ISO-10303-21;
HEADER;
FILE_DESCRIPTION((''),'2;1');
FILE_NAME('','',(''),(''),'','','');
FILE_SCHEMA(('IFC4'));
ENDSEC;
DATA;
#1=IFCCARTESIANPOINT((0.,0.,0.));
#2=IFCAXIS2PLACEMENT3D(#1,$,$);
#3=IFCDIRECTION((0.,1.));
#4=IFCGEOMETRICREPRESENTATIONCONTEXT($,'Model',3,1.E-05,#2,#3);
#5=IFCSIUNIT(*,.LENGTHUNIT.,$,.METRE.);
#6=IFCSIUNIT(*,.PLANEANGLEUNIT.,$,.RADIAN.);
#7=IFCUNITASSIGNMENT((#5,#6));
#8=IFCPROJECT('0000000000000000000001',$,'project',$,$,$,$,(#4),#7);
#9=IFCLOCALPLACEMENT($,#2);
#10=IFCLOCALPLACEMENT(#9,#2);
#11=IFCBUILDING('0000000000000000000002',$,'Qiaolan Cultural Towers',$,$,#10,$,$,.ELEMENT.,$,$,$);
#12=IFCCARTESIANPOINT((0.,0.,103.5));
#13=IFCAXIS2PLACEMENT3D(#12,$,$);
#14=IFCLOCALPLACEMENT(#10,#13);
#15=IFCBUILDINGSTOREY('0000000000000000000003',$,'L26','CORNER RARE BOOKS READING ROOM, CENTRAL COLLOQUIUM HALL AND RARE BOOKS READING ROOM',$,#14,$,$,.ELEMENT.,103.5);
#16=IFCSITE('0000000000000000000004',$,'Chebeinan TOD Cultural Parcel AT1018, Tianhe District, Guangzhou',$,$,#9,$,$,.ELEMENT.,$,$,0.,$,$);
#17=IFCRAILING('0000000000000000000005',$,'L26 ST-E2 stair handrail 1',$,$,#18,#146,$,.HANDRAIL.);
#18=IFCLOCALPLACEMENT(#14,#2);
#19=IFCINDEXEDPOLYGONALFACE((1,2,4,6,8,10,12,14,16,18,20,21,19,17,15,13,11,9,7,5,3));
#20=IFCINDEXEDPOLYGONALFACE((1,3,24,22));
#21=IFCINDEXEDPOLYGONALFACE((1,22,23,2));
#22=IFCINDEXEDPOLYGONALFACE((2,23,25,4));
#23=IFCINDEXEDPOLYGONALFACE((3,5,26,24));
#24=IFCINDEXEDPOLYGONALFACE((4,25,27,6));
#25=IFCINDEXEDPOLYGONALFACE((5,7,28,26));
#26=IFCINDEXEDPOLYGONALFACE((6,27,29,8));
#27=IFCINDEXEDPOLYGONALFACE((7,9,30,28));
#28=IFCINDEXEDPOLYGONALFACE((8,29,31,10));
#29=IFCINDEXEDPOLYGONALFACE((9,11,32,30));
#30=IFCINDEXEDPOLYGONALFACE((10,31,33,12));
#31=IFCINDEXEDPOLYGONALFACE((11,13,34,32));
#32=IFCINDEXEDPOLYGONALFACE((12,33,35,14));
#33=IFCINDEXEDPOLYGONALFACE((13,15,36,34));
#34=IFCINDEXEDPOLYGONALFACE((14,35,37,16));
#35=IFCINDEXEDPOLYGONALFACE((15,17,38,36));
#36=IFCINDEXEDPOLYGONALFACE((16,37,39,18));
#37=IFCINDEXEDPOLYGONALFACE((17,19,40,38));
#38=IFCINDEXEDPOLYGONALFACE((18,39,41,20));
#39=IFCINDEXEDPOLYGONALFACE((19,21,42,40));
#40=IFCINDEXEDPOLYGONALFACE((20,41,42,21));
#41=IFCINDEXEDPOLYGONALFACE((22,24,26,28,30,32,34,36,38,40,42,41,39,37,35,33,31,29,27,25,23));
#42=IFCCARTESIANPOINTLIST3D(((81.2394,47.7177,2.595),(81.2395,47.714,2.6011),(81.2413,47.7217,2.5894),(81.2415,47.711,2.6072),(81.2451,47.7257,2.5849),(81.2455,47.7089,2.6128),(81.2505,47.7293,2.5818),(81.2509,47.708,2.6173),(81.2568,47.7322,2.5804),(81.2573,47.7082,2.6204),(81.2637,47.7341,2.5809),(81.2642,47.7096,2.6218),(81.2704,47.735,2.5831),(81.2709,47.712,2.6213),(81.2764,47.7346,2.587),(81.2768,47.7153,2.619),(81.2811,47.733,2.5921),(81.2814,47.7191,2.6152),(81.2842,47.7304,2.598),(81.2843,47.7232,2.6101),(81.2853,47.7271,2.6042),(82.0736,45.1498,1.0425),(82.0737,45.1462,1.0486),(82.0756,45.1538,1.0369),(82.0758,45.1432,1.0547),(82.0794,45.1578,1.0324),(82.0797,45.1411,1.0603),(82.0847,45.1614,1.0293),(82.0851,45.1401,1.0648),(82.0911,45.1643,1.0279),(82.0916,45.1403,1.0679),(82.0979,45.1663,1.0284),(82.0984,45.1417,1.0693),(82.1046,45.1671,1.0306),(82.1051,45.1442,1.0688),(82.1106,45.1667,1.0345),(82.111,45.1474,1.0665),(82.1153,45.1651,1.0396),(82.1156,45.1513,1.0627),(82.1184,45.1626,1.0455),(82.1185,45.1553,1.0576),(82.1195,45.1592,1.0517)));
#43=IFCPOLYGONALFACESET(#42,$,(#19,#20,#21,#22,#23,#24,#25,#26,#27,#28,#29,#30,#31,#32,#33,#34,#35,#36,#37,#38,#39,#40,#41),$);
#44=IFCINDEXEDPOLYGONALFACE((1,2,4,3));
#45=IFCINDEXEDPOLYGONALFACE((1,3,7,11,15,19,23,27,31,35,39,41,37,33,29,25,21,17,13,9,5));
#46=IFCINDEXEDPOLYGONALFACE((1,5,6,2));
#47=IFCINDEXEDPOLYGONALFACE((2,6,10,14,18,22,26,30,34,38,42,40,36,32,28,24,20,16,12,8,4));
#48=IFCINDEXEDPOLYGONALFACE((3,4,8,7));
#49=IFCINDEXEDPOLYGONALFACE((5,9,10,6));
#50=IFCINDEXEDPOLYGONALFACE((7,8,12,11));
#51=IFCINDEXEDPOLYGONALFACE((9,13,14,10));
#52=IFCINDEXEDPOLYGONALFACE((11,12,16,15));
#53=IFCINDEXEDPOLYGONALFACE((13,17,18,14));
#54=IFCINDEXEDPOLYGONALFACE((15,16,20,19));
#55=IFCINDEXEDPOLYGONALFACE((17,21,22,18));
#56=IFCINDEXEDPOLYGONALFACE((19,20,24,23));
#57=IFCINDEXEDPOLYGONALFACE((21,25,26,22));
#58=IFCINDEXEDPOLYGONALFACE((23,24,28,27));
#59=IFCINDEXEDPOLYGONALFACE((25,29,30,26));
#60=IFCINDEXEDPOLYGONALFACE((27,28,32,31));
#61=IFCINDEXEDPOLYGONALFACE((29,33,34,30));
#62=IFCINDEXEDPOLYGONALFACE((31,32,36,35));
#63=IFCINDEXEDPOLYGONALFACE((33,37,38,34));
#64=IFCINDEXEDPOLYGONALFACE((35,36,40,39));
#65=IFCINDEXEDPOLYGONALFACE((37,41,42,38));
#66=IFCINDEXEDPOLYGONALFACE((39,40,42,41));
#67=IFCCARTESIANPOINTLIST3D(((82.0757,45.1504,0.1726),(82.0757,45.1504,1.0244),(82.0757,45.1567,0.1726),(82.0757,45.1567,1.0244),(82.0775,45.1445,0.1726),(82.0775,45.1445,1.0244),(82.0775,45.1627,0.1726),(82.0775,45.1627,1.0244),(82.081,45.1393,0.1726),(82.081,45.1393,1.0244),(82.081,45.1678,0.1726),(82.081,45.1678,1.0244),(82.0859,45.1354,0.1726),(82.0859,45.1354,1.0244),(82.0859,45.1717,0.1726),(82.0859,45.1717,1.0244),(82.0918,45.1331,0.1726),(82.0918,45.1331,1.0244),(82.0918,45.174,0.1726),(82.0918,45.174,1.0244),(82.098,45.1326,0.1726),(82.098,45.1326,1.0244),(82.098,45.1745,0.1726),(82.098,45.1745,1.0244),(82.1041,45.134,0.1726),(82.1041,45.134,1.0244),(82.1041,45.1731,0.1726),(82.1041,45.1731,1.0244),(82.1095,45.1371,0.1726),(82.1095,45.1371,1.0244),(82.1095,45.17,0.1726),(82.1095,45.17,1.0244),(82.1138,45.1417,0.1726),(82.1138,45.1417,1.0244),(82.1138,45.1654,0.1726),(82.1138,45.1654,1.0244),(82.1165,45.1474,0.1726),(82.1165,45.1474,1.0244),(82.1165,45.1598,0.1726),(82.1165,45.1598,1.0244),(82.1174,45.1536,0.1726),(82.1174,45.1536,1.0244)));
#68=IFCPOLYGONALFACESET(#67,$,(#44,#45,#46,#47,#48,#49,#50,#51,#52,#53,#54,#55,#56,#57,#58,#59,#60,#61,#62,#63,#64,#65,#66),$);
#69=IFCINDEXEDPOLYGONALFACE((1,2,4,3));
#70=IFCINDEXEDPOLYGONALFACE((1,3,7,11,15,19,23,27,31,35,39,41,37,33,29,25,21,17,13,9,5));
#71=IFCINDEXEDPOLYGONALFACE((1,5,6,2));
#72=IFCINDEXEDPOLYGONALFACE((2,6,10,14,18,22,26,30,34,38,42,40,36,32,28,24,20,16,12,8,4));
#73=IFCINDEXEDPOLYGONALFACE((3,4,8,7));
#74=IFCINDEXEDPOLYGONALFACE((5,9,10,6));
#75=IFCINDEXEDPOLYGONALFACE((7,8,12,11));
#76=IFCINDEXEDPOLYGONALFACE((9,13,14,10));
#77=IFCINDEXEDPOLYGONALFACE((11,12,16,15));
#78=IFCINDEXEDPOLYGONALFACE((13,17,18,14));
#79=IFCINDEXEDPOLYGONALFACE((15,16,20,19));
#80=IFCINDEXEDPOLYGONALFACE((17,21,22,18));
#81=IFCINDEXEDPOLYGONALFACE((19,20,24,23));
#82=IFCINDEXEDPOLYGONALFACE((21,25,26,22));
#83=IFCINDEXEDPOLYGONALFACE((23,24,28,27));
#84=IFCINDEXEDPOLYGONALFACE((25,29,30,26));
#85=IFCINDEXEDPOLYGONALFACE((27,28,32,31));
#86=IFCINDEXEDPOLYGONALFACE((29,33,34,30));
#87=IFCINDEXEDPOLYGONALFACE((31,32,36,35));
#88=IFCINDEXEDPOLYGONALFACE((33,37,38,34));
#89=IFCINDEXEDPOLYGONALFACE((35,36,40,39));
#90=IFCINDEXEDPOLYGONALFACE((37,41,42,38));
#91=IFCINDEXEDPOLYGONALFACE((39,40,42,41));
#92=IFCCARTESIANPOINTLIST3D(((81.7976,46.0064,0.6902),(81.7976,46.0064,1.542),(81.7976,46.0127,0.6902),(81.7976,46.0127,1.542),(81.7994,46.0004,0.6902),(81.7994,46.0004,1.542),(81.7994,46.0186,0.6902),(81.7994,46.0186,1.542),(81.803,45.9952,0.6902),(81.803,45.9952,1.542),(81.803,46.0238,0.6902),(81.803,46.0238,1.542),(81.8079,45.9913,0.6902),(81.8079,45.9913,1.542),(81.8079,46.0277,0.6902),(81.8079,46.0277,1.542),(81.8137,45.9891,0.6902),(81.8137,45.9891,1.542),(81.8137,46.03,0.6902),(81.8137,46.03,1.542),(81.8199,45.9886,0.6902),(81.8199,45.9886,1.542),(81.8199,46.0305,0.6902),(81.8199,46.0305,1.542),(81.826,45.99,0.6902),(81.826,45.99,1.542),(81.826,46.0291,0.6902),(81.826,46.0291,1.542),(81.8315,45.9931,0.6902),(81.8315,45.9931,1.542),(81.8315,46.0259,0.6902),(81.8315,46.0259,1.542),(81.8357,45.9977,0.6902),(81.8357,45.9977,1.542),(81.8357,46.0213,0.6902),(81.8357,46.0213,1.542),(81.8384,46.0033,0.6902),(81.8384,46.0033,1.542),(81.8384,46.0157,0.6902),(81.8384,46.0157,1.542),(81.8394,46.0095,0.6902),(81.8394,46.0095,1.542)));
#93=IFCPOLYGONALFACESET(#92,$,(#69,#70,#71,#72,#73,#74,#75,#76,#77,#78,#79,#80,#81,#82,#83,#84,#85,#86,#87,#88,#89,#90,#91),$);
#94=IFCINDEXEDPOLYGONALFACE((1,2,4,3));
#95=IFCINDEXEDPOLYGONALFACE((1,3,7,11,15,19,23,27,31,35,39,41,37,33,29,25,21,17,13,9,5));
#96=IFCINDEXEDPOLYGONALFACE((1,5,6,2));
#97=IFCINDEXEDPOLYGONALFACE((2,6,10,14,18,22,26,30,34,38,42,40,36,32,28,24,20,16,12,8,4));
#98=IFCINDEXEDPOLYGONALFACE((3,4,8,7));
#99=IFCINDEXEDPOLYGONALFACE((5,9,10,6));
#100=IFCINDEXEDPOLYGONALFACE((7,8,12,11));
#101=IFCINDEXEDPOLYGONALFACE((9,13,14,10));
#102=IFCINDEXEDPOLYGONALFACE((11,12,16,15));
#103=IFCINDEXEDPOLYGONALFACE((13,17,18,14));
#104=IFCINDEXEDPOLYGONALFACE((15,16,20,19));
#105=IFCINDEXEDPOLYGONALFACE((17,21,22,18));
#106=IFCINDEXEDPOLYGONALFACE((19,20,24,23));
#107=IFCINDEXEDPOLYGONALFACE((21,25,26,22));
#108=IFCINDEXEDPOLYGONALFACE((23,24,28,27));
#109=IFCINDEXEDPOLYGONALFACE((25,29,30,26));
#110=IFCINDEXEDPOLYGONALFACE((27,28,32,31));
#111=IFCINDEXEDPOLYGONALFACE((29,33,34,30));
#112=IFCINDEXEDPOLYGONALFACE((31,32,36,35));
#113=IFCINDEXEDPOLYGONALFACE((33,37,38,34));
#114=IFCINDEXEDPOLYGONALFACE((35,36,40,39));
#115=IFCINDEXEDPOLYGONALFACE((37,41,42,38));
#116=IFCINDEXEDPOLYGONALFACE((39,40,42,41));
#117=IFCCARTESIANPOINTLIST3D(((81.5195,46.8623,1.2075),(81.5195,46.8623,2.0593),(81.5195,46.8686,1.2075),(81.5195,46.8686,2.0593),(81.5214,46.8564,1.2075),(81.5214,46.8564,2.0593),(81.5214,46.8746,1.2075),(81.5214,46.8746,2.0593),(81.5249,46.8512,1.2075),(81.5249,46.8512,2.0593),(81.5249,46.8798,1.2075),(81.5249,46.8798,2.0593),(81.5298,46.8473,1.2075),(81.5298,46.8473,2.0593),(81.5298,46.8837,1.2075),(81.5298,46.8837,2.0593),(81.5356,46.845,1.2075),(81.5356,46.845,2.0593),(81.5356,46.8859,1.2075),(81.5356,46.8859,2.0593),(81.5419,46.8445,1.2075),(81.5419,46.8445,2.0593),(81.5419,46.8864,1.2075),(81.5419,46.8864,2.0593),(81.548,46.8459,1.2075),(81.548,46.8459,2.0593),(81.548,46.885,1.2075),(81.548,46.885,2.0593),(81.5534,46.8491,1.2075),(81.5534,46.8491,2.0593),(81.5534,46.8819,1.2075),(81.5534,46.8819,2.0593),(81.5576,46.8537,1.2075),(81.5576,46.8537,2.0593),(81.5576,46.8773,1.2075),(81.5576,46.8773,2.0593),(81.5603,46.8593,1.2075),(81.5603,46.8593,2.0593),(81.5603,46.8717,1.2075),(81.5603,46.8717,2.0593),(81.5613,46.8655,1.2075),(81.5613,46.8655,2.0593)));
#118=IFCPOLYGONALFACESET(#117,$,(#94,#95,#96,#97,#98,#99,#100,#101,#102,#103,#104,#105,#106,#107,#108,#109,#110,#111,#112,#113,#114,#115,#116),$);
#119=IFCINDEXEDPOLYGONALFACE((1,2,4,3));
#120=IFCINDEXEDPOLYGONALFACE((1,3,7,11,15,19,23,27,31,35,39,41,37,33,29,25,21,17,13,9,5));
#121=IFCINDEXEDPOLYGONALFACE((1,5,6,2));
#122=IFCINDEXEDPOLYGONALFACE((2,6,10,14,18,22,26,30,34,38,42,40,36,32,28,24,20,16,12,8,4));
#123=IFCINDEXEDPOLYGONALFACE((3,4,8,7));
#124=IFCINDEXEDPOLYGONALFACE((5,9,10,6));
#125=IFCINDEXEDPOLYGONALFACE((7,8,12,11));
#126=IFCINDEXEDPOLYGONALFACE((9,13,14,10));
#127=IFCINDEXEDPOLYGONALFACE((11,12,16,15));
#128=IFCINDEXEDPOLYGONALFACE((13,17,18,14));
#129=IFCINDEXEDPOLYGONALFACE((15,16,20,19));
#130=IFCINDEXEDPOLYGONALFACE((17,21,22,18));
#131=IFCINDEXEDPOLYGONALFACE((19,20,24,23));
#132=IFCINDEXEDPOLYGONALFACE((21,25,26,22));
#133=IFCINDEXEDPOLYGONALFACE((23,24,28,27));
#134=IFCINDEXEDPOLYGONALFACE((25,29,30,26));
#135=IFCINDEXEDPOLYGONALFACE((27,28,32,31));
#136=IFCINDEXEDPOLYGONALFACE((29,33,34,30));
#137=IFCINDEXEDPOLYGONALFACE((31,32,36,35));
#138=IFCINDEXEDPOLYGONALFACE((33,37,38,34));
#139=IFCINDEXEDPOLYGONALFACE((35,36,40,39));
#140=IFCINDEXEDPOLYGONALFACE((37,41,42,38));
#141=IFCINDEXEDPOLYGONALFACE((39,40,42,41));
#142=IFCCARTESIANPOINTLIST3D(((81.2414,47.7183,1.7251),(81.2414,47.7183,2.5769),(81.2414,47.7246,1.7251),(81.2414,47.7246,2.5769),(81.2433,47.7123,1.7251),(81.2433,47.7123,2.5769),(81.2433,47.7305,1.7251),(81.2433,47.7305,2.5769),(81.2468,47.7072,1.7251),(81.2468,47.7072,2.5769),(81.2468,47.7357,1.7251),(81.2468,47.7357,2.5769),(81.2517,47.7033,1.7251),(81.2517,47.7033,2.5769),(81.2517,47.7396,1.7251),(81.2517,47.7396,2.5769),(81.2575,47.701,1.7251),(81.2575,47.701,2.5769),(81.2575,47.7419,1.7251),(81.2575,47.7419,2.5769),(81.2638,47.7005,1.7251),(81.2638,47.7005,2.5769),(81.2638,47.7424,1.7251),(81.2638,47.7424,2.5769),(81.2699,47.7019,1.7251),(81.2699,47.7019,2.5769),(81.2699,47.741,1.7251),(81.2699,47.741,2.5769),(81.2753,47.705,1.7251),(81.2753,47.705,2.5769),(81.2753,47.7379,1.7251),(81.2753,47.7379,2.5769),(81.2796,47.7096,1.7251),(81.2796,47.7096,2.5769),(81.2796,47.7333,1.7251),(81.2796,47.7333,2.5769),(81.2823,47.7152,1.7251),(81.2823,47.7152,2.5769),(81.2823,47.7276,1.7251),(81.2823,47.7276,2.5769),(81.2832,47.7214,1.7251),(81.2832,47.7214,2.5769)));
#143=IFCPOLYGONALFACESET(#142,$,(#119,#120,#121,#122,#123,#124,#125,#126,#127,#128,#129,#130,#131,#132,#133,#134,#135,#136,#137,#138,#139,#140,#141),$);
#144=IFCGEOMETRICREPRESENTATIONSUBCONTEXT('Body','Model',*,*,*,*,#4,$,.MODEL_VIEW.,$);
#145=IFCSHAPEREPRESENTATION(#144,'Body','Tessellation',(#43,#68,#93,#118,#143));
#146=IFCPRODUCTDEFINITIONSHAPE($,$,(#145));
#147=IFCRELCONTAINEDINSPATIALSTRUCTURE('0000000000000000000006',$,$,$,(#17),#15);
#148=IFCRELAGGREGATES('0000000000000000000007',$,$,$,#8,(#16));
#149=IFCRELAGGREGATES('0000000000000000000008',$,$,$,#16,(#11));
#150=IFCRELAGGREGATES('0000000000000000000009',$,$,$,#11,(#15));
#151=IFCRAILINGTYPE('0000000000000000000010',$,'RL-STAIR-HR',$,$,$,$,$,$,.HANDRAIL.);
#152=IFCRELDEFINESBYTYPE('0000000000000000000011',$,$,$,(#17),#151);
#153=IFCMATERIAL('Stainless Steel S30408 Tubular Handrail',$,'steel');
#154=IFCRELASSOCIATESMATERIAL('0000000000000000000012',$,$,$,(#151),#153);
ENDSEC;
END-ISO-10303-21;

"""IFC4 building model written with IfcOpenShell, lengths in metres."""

from ifc_helpers import new_model, si_unit, direction, frame, origin, origin_2d, place, context, subcontext, project, spatial, circle, extrude, material, type_object, element, save


model = new_model("IFC4")

# Units and contexts
model_context = context("Model", 3, precision=1e-05, world=origin(), true_north=direction((0.0, 1.0)))
body_context = subcontext(model_context, "Body", "Model", "MODEL_VIEW")
ifc_project = project(units=[si_unit("LENGTHUNIT", "METRE"), si_unit("PLANEANGLEUNIT", "RADIAN")], contexts=[model_context])

# Site, building, storey
site_placement = place(None, origin())
site = spatial("IfcSite", under=ifc_project, at=site_placement, Name="Chebeinan TOD Cultural Parcel AT1018, Tianhe District, Guangzhou", CompositionType="ELEMENT", RefElevation=0.0)
building_placement = place(site_placement, origin())
building = spatial("IfcBuilding", under=site, at=building_placement, Name="Qiaolan Cultural Towers", CompositionType="ELEMENT")
storey_placement = place(building_placement, frame((0.0, 0.0, 103.5)))
storey = spatial("IfcBuildingStorey", under=building, at=storey_placement, Name="L26", Description="CORNER RARE BOOKS READING ROOM, CENTRAL COLLOQUIUM HALL AND RARE BOOKS READING ROOM", CompositionType="ELEMENT", Elevation=103.5)

# Railing
ifc_material_1 = material(Name="Stainless Steel S30408 Tubular Handrail", Category="steel")
railing_type_1 = type_object("IfcRailingType", Name="RL-STAIR-HR", PredefinedType="HANDRAIL", material=ifc_material_1)
railing_1_placement = place(storey_placement, frame((82.0964, 45.1536, 0.1726)))
element("IfcRailing", 1, at=railing_1_placement, inside=storey, type_object=railing_type_1, Name="L26 ST-E2 stair handrail 1", PredefinedType="HANDRAIL", context=body_context, shape_type="SweptSolid", body=[
    extrude(circle(Radius=0.0239, at=origin_2d()), frame((0.0, 0.0, 0.876), z_axis=(-0.267853, 0.824488, 0.498471), x_axis=(-0.95107, -0.308976, 0.0)), (0.0, 0.0, 1.0), 3.1145),
    extrude(circle(Radius=0.021, at=origin_2d()), origin(), (0.0, 0.0, 1.0), 0.8518),
    extrude(circle(Radius=0.021, at=origin_2d()), frame((-0.2781, 0.856, 0.5176)), (0.0, 0.0, 1.0), 0.8518),
    extrude(circle(Radius=0.021, at=origin_2d()), frame((-0.5562, 1.7119, 1.0349)), (0.0, 0.0, 1.0), 0.8518),
    extrude(circle(Radius=0.021, at=origin_2d()), frame((-0.8342, 2.5679, 1.5525)), (0.0, 0.0, 1.0), 0.8518),
])

save(model, "model.ifc")
